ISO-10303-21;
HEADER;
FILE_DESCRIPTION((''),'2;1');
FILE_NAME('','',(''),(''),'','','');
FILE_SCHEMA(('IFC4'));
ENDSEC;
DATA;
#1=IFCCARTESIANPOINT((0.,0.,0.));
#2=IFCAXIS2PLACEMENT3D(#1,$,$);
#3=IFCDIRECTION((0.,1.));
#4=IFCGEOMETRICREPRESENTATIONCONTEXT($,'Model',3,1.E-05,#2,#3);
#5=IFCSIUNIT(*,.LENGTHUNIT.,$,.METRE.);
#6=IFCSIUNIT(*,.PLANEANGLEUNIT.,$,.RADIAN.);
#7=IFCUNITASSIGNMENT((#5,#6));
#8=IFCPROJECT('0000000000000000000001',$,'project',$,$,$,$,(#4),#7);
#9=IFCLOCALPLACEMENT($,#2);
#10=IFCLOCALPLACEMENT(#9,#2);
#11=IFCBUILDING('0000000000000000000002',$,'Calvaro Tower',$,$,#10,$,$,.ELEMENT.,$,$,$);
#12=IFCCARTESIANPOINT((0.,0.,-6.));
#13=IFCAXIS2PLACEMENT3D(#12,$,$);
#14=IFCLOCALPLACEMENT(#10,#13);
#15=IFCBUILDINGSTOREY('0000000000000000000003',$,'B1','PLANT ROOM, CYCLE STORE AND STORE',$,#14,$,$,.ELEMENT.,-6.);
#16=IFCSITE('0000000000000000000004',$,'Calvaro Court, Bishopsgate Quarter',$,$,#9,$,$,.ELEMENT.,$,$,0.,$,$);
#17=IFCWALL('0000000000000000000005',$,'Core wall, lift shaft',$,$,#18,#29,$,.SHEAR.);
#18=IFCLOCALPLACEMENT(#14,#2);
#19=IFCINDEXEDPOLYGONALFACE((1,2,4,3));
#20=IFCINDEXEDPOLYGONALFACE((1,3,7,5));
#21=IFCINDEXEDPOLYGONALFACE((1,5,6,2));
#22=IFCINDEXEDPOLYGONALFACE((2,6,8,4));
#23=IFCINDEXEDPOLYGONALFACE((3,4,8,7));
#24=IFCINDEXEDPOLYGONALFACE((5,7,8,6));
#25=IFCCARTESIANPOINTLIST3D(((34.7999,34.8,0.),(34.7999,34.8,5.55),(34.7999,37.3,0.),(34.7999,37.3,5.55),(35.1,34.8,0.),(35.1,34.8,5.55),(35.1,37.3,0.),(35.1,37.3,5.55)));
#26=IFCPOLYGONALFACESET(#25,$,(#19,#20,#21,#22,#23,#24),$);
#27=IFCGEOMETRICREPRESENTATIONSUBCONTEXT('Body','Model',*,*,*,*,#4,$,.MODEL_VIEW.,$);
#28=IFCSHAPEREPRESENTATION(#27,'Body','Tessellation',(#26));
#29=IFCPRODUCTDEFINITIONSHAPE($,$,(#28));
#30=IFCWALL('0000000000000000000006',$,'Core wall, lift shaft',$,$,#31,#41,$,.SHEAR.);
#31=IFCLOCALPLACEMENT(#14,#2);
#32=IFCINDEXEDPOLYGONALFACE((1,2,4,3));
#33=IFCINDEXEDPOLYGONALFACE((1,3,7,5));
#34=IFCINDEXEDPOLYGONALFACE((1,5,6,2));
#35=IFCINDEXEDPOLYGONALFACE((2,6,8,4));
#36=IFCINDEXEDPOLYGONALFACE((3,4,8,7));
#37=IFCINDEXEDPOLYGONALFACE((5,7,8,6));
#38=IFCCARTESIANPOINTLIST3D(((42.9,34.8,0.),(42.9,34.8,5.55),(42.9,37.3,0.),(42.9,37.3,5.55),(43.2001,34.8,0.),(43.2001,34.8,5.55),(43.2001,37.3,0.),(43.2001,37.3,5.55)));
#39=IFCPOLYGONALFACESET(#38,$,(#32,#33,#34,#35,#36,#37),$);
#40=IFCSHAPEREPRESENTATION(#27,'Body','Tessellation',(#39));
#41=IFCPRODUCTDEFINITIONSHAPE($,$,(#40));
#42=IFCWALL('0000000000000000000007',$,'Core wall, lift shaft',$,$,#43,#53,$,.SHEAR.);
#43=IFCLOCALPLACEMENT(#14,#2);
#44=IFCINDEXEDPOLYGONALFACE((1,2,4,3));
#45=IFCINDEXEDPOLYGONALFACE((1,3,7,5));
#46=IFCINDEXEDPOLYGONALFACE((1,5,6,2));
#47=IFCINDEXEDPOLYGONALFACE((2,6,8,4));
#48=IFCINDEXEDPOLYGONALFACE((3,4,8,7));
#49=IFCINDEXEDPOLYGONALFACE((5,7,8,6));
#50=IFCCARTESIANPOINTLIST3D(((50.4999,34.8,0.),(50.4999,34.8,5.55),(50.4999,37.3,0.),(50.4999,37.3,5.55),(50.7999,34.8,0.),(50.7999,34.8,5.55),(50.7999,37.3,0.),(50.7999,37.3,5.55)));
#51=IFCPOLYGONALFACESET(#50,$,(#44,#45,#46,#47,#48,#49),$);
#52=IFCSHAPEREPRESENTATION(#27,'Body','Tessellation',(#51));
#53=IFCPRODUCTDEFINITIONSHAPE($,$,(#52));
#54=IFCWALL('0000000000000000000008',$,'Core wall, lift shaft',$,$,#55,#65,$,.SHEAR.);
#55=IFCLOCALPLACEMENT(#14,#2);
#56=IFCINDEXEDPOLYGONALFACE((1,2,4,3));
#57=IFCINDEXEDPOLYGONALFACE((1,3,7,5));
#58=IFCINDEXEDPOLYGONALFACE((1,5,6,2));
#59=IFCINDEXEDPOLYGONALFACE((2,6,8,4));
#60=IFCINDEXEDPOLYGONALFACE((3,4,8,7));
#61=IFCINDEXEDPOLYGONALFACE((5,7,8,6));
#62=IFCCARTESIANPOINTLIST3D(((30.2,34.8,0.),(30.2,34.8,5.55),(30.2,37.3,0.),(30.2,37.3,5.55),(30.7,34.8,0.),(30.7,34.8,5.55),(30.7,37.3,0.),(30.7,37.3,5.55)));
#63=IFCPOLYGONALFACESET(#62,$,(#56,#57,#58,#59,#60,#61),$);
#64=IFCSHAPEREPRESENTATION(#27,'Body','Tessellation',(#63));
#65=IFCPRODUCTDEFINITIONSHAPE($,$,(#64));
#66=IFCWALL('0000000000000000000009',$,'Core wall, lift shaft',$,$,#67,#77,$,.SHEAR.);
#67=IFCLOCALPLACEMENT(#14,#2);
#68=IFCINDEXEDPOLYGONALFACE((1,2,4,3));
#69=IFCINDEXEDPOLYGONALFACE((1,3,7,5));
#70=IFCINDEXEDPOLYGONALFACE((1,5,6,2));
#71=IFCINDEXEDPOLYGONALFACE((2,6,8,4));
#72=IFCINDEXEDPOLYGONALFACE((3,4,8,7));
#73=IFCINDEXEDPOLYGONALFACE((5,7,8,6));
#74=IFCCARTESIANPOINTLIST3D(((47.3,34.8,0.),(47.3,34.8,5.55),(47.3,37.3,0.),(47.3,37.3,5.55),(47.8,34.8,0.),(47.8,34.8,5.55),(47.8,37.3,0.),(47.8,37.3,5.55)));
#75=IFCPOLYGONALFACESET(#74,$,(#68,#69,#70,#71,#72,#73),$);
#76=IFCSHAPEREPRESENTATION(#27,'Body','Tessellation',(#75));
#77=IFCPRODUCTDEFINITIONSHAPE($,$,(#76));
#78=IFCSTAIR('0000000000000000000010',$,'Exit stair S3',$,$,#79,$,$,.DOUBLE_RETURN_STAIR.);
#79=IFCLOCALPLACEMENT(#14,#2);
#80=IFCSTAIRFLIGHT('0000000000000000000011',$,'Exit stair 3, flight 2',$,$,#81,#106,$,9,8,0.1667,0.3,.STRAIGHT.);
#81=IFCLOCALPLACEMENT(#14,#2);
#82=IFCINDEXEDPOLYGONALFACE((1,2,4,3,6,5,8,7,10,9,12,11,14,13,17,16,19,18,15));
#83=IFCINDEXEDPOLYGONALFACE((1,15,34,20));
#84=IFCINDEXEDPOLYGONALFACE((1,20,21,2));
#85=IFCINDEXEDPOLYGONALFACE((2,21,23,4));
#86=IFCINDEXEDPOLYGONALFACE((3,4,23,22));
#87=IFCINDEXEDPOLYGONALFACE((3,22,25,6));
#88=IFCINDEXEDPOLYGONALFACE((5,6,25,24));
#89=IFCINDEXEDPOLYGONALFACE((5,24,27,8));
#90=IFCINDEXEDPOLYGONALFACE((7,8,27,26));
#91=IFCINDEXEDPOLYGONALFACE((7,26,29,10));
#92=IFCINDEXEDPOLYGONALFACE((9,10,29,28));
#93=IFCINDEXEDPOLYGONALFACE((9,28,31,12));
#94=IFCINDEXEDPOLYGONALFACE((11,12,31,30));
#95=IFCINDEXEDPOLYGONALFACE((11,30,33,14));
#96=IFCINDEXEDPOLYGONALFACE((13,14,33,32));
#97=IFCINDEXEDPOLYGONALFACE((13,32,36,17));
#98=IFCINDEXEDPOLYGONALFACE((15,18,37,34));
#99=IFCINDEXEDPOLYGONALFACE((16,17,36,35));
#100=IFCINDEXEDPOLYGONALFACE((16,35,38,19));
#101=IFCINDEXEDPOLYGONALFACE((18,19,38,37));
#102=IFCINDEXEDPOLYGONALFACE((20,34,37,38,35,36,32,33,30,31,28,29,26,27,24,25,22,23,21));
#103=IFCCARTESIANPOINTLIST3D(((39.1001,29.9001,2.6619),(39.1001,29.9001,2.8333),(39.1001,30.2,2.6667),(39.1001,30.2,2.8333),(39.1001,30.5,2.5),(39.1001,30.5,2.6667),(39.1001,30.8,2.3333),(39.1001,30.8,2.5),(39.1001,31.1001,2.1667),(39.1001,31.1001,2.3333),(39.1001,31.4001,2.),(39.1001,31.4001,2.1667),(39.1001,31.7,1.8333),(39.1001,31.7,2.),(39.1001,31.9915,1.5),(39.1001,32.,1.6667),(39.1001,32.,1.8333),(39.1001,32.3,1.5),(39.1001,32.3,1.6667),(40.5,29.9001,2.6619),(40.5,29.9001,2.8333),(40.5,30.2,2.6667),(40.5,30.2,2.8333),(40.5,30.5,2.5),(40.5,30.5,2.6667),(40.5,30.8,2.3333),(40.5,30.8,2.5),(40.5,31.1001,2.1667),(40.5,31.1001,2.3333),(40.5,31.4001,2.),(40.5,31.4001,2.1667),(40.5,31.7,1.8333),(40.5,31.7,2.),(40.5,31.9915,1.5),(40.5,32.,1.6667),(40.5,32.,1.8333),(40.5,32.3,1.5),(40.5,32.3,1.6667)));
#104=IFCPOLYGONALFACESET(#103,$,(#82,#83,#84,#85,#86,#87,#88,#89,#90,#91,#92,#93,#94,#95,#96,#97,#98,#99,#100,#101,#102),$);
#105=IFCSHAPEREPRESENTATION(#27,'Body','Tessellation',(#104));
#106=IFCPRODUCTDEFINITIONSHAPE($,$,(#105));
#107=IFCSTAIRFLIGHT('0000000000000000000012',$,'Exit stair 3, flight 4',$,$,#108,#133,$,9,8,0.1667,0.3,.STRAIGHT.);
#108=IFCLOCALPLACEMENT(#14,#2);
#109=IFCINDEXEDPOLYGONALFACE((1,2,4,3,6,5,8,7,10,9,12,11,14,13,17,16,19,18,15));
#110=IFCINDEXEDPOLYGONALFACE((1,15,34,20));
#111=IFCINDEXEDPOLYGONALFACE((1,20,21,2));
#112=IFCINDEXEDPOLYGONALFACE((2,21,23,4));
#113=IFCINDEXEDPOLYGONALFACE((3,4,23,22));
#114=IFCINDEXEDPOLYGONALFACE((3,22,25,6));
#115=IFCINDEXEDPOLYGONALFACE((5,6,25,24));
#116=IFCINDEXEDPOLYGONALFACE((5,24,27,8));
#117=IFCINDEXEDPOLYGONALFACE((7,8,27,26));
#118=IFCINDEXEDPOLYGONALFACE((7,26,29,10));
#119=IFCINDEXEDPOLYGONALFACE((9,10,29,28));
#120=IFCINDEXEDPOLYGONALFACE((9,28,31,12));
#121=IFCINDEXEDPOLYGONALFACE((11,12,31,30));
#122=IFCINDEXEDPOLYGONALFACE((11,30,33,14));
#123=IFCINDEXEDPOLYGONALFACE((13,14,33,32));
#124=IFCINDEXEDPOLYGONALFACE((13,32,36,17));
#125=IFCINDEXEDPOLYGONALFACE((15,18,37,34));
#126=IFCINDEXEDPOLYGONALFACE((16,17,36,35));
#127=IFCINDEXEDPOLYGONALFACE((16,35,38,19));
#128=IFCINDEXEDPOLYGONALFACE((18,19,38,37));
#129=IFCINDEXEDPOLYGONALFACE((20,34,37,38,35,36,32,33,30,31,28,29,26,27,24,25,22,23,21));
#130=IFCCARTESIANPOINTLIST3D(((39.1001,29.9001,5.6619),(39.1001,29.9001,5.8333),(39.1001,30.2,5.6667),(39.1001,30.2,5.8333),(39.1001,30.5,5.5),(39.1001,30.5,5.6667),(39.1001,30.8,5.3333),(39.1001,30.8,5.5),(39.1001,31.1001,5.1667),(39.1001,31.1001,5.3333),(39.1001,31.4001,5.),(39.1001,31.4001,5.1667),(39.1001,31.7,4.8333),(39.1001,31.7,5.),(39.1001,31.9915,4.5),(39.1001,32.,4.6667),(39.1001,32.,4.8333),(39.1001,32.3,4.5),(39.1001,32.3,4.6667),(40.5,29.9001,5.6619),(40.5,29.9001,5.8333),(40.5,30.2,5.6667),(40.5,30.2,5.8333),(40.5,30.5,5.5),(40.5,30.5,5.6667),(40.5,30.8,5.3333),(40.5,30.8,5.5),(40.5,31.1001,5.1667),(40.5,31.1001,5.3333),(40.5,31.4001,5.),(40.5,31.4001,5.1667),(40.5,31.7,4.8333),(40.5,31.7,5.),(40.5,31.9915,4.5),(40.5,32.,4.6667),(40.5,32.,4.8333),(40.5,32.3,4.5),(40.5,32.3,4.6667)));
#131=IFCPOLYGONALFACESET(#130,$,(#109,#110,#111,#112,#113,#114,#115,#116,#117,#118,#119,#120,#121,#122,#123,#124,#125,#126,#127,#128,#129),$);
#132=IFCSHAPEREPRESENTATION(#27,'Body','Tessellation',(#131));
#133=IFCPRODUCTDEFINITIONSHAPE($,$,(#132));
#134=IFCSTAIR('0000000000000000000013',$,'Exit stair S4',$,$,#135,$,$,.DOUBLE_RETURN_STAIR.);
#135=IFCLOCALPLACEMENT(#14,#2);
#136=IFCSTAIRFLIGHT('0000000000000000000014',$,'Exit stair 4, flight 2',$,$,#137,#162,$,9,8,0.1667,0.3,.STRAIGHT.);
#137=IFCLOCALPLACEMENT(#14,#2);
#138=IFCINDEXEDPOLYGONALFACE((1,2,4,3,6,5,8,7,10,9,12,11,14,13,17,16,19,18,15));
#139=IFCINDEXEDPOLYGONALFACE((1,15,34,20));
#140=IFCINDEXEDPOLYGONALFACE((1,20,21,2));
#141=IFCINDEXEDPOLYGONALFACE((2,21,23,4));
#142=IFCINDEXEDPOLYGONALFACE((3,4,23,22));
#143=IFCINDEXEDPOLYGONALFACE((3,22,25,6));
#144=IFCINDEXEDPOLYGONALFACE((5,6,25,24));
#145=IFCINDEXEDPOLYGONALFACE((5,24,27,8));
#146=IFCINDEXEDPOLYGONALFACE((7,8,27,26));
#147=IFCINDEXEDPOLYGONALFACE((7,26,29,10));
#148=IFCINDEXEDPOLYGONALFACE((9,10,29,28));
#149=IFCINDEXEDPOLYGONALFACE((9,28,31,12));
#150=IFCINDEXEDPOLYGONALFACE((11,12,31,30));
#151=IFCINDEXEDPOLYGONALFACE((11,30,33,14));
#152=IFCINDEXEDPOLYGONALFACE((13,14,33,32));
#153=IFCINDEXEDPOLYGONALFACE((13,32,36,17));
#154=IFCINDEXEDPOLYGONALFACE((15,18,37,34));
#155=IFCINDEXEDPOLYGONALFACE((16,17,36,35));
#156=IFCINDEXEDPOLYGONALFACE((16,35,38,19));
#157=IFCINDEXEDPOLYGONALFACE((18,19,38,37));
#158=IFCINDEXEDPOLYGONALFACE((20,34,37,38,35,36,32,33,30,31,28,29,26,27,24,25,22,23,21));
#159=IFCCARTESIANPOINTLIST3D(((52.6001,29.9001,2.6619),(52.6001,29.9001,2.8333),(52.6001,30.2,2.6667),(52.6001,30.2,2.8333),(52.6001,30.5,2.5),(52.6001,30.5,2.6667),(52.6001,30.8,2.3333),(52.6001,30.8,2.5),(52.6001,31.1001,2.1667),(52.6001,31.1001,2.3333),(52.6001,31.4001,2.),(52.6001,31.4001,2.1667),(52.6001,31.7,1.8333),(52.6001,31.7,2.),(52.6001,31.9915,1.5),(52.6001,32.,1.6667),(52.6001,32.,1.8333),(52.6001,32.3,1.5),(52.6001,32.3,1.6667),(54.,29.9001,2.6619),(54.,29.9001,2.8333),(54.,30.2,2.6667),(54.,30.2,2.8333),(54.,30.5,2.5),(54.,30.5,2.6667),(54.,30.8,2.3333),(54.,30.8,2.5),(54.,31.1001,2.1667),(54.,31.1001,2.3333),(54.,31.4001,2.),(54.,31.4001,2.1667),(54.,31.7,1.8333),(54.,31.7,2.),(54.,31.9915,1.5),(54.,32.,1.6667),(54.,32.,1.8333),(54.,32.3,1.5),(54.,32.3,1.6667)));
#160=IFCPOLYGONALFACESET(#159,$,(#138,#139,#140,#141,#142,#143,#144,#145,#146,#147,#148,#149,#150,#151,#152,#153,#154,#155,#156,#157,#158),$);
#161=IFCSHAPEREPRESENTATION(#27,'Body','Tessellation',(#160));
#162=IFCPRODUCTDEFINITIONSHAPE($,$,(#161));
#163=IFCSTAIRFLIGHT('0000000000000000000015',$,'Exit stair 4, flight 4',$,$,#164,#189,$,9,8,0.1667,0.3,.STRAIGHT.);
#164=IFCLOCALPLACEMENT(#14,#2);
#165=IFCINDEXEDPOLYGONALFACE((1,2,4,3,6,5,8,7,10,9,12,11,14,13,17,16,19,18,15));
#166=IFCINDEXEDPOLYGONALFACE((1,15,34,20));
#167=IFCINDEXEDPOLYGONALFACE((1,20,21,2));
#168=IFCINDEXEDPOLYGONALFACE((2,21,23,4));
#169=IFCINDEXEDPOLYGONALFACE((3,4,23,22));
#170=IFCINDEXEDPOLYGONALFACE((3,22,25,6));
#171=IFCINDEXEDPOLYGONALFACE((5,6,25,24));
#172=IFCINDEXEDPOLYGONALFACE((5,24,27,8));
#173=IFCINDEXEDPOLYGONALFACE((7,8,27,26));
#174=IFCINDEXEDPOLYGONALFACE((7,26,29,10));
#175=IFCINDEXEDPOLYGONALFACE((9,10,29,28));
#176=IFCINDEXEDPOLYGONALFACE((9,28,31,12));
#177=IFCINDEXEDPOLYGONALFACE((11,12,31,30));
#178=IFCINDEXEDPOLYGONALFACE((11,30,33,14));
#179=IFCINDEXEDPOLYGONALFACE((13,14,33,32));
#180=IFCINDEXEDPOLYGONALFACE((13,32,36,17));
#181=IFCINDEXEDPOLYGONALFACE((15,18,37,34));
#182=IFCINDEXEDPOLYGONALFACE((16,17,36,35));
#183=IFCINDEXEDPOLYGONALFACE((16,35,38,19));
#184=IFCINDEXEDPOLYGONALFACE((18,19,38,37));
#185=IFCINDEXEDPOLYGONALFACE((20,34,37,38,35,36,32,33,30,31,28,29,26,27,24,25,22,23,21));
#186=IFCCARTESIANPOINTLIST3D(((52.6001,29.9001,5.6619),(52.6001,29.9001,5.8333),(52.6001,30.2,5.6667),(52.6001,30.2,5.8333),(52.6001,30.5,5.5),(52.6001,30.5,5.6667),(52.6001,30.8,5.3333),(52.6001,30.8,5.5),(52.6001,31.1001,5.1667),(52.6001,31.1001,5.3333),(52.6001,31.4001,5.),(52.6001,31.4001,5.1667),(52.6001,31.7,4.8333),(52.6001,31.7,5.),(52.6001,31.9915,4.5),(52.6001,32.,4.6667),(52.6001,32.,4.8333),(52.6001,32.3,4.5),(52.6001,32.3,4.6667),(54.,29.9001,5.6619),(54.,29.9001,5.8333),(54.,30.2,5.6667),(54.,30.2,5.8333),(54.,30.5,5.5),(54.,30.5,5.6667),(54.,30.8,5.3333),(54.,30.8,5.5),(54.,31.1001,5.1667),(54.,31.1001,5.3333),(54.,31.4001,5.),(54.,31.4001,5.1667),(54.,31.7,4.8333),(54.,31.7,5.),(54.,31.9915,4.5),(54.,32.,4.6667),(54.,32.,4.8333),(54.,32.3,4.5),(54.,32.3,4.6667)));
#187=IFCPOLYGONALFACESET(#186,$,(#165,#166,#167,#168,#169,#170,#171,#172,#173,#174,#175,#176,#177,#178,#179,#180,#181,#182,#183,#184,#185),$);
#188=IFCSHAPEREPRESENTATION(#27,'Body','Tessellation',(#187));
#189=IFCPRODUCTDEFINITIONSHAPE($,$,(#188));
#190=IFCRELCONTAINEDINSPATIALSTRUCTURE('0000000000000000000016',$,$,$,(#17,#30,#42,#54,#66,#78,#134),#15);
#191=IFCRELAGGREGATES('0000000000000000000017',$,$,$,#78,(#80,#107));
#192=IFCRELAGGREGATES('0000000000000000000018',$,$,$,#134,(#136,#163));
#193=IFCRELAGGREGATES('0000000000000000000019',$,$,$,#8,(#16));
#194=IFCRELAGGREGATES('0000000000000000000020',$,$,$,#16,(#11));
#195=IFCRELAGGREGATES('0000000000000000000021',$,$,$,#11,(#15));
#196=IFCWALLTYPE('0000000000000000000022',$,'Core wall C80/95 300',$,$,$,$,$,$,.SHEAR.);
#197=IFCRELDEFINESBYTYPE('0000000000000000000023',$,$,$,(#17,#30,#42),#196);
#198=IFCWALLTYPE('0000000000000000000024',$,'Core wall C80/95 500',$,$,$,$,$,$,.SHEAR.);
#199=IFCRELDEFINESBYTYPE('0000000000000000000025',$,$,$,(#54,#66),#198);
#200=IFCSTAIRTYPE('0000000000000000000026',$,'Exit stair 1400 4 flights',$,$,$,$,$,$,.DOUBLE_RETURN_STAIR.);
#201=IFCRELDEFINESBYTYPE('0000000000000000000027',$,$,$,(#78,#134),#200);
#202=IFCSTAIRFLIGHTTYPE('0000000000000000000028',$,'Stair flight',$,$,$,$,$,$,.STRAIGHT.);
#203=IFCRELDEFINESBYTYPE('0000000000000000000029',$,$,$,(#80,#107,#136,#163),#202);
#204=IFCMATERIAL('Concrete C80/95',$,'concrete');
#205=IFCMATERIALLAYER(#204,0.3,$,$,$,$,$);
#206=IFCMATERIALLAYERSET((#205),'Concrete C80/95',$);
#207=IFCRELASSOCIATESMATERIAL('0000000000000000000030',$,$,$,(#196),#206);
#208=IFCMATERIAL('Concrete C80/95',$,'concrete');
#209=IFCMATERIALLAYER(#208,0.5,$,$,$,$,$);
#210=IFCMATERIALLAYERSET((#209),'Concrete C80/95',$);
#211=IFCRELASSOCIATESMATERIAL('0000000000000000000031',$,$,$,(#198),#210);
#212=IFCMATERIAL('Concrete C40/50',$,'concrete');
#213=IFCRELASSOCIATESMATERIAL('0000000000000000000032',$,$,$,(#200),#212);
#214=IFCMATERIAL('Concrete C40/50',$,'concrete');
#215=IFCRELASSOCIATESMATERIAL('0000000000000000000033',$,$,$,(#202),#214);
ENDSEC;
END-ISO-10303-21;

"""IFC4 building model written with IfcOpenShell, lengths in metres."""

from ifc_helpers import new_model, si_unit, direction, frame, frame_2d, origin, place, context, subcontext, project, spatial, polyline, rectangle, outline, extrude, material, layer, layer_set, type_object, element, aggregate, save


model = new_model("IFC4")

# Units and contexts
model_context = context("Model", 3, precision=1e-05, world=origin(), true_north=direction((0.0, 1.0)))
body_context = subcontext(model_context, "Body", "Model", "MODEL_VIEW")
ifc_project = project(units=[si_unit("LENGTHUNIT", "METRE"), si_unit("PLANEANGLEUNIT", "RADIAN")], contexts=[model_context])

# Site, building, storey
site_placement = place(None, origin())
site = spatial("IfcSite", under=ifc_project, at=site_placement, Name="Calvaro Court, Bishopsgate Quarter", CompositionType="ELEMENT", RefElevation=0.0)
building_placement = place(site_placement, origin())
building = spatial("IfcBuilding", under=site, at=building_placement, Name="Calvaro Tower", CompositionType="ELEMENT")
storey_placement = place(building_placement, frame((0.0, 0.0, -6.0)))
storey = spatial("IfcBuildingStorey", under=building, at=storey_placement, Name="B1", Description="PLANT ROOM, CYCLE STORE AND STORE", CompositionType="ELEMENT", Elevation=-6.0)

# Shared definitions
ifc_material_1 = material(Name="Concrete C80/95", Category="concrete")
ifc_layer_1 = layer(ifc_material_1, 0.3)
ifc_layer_set_1 = layer_set([ifc_layer_1], Name="Concrete C80/95")
wall_type_1 = type_object("IfcWallType", Name="Core wall C80/95 300", PredefinedType="SHEAR", material=ifc_layer_set_1)

# Walls
for number, where, z_axis, x_axis, name in (
    (1, (34.95, 34.8, 0.0), (0.0, 0.0, 1.0), (0.0, 1.0, 0.0), "Core wall, lift shaft"),
    (2, (43.05, 34.8, 0.0), (0.0, 0.0, 1.0), (0.0, 1.0, 0.0), "Core wall, lift shaft"),
    (3, (50.6499, 34.8, 0.0), (0.0, 0.0, 1.0), (0.0, 1.0, 0.0), "Core wall, lift shaft"),
):
    element("IfcWall", number, at=place(storey_placement, frame(where, z_axis=z_axis, x_axis=x_axis)), inside=storey, type_object=wall_type_1, Name=name, PredefinedType="SHEAR", context=body_context, shape_type="SweptSolid", body=[
        extrude(rectangle(XDim=2.5, YDim=0.3, at=frame_2d((1.25, 0.0))), origin(), (0.0, 0.0, 1.0), 5.55),
    ])
ifc_material_2 = material(Name="Concrete C80/95", Category="concrete")
ifc_layer_2 = layer(ifc_material_2, 0.5)
ifc_layer_set_2 = layer_set([ifc_layer_2], Name="Concrete C80/95")
wall_type_2 = type_object("IfcWallType", Name="Core wall C80/95 500", PredefinedType="SHEAR", material=ifc_layer_set_2)
for number, where, z_axis, x_axis, name in (
    (4, (30.45, 34.8, 0.0), (0.0, 0.0, 1.0), (0.0, 1.0, 0.0), "Core wall, lift shaft"),
    (5, (47.55, 34.8, 0.0), (0.0, 0.0, 1.0), (0.0, 1.0, 0.0), "Core wall, lift shaft"),
):
    element("IfcWall", number, at=place(storey_placement, frame(where, z_axis=z_axis, x_axis=x_axis)), inside=storey, type_object=wall_type_2, Name=name, PredefinedType="SHEAR", context=body_context, shape_type="SweptSolid", body=[
        extrude(rectangle(XDim=2.5, YDim=0.5, at=frame_2d((1.25, 0.0))), origin(), (0.0, 0.0, 1.0), 5.55),
    ])

# Stairs, stair flights
ifc_material_3 = material(Name="Concrete C40/50", Category="concrete")
stair_type = type_object("IfcStairType", Name="Exit stair 1400 4 flights", PredefinedType="DOUBLE_RETURN_STAIR", material=ifc_material_3)
stair_1_placement = place(storey_placement, origin())
stair_1 = element("IfcStair", 6, at=stair_1_placement, inside=storey, type_object=stair_type, Name="Exit stair S3", PredefinedType="DOUBLE_RETURN_STAIR")
ifc_material_4 = material(Name="Concrete C40/50", Category="concrete")
stair_flight_type = type_object("IfcStairFlightType", Name="Stair flight", PredefinedType="STRAIGHT", material=ifc_material_4)
stair_flight_1_placement = place(storey_placement, frame((39.8, 32.3, 1.5), z_axis=(0.0, 0.0, 1.0), x_axis=(0.0, -1.0, 0.0)))
stair_flight_1 = element("IfcStairFlight", 7, at=stair_flight_1_placement, type_object=stair_flight_type, Name="Exit stair 3, flight 2", NumberOfRisers=9, NumberOfTreads=8, PredefinedType="STRAIGHT", RiserHeight=0.1667, TreadLength=0.3, context=body_context, shape_type="SweptSolid", body=[
    extrude(outline(polyline([(0.0, 0.0), (0.0, 0.1667), (0.3, 0.1667), (0.3, 0.3333), (0.6001, 0.3333), (0.6001, 0.5), (0.8999, 0.5), (0.8999, 0.6667), (1.2, 0.6667), (1.2, 0.8333), (1.5, 0.8333), (1.5, 1.0), (1.8, 1.0), (1.8, 1.1667), (2.1001, 1.1667), (2.1001, 1.3333), (2.3999, 1.3333), (2.3999, 1.5), (2.3999, 1.1619), (0.3086, 0.0), (0.0, 0.0)])), frame((0.0, 0.7, 0.0), z_axis=(0.0, -1.0, 0.0), x_axis=(1.0, 0.0, 0.0)), (0.0, 0.0, 1.0), 1.3999),
])
stair_flight_2_placement = place(storey_placement, frame((39.8, 32.3, 4.5), z_axis=(0.0, 0.0, 1.0), x_axis=(0.0, -1.0, 0.0)))
stair_flight_2 = element("IfcStairFlight", 8, at=stair_flight_2_placement, type_object=stair_flight_type, Name="Exit stair 3, flight 4", NumberOfRisers=9, NumberOfTreads=8, PredefinedType="STRAIGHT", RiserHeight=0.1667, TreadLength=0.3, context=body_context, shape_type="SweptSolid", body=[
    extrude(outline(polyline([(0.0, 0.0), (0.0, 0.1667), (0.3, 0.1667), (0.3, 0.3333), (0.6001, 0.3333), (0.6001, 0.5), (0.8999, 0.5), (0.8999, 0.6667), (1.2, 0.6667), (1.2, 0.8333), (1.5, 0.8333), (1.5, 1.0), (1.8, 1.0), (1.8, 1.1667), (2.1001, 1.1667), (2.1001, 1.3333), (2.3999, 1.3333), (2.3999, 1.5), (2.3999, 1.1619), (0.3086, 0.0), (0.0, 0.0)])), frame((0.0, 0.7, 0.0), z_axis=(0.0, -1.0, 0.0), x_axis=(1.0, 0.0, 0.0)), (0.0, 0.0, 1.0), 1.3999),
])
stair_2_placement = place(storey_placement, origin())
stair_2 = element("IfcStair", 9, at=stair_2_placement, inside=storey, type_object=stair_type, Name="Exit stair S4", PredefinedType="DOUBLE_RETURN_STAIR")
stair_flight_3_placement = place(storey_placement, frame((53.3, 32.3, 1.5), z_axis=(0.0, 0.0, 1.0), x_axis=(0.0, -1.0, 0.0)))
stair_flight_3 = element("IfcStairFlight", 10, at=stair_flight_3_placement, type_object=stair_flight_type, Name="Exit stair 4, flight 2", NumberOfRisers=9, NumberOfTreads=8, PredefinedType="STRAIGHT", RiserHeight=0.1667, TreadLength=0.3, context=body_context, shape_type="SweptSolid", body=[
    extrude(outline(polyline([(0.0, 0.0), (0.0, 0.1667), (0.3, 0.1667), (0.3, 0.3333), (0.6001, 0.3333), (0.6001, 0.5), (0.8999, 0.5), (0.8999, 0.6667), (1.2, 0.6667), (1.2, 0.8333), (1.5, 0.8333), (1.5, 1.0), (1.8, 1.0), (1.8, 1.1667), (2.1001, 1.1667), (2.1001, 1.3333), (2.3999, 1.3333), (2.3999, 1.5), (2.3999, 1.1619), (0.3086, 0.0), (0.0, 0.0)])), frame((0.0, 0.7, 0.0), z_axis=(0.0, -1.0, 0.0), x_axis=(1.0, 0.0, 0.0)), (0.0, 0.0, 1.0), 1.3999),
])
stair_flight_4_placement = place(storey_placement, frame((53.3, 32.3, 4.5), z_axis=(0.0, 0.0, 1.0), x_axis=(0.0, -1.0, 0.0)))
stair_flight_4 = element("IfcStairFlight", 11, at=stair_flight_4_placement, type_object=stair_flight_type, Name="Exit stair 4, flight 4", NumberOfRisers=9, NumberOfTreads=8, PredefinedType="STRAIGHT", RiserHeight=0.1667, TreadLength=0.3, context=body_context, shape_type="SweptSolid", body=[
    extrude(outline(polyline([(0.0, 0.0), (0.0, 0.1667), (0.3, 0.1667), (0.3, 0.3333), (0.6001, 0.3333), (0.6001, 0.5), (0.8999, 0.5), (0.8999, 0.6667), (1.2, 0.6667), (1.2, 0.8333), (1.5, 0.8333), (1.5, 1.0), (1.8, 1.0), (1.8, 1.1667), (2.1001, 1.1667), (2.1001, 1.3333), (2.3999, 1.3333), (2.3999, 1.5), (2.3999, 1.1619), (0.3086, 0.0), (0.0, 0.0)])), frame((0.0, 0.7, 0.0), z_axis=(0.0, -1.0, 0.0), x_axis=(1.0, 0.0, 0.0)), (0.0, 0.0, 1.0), 1.3999),
])

aggregate(stair_1, [stair_flight_1, stair_flight_2])
aggregate(stair_2, [stair_flight_3, stair_flight_4])

save(model, "model.ifc")
